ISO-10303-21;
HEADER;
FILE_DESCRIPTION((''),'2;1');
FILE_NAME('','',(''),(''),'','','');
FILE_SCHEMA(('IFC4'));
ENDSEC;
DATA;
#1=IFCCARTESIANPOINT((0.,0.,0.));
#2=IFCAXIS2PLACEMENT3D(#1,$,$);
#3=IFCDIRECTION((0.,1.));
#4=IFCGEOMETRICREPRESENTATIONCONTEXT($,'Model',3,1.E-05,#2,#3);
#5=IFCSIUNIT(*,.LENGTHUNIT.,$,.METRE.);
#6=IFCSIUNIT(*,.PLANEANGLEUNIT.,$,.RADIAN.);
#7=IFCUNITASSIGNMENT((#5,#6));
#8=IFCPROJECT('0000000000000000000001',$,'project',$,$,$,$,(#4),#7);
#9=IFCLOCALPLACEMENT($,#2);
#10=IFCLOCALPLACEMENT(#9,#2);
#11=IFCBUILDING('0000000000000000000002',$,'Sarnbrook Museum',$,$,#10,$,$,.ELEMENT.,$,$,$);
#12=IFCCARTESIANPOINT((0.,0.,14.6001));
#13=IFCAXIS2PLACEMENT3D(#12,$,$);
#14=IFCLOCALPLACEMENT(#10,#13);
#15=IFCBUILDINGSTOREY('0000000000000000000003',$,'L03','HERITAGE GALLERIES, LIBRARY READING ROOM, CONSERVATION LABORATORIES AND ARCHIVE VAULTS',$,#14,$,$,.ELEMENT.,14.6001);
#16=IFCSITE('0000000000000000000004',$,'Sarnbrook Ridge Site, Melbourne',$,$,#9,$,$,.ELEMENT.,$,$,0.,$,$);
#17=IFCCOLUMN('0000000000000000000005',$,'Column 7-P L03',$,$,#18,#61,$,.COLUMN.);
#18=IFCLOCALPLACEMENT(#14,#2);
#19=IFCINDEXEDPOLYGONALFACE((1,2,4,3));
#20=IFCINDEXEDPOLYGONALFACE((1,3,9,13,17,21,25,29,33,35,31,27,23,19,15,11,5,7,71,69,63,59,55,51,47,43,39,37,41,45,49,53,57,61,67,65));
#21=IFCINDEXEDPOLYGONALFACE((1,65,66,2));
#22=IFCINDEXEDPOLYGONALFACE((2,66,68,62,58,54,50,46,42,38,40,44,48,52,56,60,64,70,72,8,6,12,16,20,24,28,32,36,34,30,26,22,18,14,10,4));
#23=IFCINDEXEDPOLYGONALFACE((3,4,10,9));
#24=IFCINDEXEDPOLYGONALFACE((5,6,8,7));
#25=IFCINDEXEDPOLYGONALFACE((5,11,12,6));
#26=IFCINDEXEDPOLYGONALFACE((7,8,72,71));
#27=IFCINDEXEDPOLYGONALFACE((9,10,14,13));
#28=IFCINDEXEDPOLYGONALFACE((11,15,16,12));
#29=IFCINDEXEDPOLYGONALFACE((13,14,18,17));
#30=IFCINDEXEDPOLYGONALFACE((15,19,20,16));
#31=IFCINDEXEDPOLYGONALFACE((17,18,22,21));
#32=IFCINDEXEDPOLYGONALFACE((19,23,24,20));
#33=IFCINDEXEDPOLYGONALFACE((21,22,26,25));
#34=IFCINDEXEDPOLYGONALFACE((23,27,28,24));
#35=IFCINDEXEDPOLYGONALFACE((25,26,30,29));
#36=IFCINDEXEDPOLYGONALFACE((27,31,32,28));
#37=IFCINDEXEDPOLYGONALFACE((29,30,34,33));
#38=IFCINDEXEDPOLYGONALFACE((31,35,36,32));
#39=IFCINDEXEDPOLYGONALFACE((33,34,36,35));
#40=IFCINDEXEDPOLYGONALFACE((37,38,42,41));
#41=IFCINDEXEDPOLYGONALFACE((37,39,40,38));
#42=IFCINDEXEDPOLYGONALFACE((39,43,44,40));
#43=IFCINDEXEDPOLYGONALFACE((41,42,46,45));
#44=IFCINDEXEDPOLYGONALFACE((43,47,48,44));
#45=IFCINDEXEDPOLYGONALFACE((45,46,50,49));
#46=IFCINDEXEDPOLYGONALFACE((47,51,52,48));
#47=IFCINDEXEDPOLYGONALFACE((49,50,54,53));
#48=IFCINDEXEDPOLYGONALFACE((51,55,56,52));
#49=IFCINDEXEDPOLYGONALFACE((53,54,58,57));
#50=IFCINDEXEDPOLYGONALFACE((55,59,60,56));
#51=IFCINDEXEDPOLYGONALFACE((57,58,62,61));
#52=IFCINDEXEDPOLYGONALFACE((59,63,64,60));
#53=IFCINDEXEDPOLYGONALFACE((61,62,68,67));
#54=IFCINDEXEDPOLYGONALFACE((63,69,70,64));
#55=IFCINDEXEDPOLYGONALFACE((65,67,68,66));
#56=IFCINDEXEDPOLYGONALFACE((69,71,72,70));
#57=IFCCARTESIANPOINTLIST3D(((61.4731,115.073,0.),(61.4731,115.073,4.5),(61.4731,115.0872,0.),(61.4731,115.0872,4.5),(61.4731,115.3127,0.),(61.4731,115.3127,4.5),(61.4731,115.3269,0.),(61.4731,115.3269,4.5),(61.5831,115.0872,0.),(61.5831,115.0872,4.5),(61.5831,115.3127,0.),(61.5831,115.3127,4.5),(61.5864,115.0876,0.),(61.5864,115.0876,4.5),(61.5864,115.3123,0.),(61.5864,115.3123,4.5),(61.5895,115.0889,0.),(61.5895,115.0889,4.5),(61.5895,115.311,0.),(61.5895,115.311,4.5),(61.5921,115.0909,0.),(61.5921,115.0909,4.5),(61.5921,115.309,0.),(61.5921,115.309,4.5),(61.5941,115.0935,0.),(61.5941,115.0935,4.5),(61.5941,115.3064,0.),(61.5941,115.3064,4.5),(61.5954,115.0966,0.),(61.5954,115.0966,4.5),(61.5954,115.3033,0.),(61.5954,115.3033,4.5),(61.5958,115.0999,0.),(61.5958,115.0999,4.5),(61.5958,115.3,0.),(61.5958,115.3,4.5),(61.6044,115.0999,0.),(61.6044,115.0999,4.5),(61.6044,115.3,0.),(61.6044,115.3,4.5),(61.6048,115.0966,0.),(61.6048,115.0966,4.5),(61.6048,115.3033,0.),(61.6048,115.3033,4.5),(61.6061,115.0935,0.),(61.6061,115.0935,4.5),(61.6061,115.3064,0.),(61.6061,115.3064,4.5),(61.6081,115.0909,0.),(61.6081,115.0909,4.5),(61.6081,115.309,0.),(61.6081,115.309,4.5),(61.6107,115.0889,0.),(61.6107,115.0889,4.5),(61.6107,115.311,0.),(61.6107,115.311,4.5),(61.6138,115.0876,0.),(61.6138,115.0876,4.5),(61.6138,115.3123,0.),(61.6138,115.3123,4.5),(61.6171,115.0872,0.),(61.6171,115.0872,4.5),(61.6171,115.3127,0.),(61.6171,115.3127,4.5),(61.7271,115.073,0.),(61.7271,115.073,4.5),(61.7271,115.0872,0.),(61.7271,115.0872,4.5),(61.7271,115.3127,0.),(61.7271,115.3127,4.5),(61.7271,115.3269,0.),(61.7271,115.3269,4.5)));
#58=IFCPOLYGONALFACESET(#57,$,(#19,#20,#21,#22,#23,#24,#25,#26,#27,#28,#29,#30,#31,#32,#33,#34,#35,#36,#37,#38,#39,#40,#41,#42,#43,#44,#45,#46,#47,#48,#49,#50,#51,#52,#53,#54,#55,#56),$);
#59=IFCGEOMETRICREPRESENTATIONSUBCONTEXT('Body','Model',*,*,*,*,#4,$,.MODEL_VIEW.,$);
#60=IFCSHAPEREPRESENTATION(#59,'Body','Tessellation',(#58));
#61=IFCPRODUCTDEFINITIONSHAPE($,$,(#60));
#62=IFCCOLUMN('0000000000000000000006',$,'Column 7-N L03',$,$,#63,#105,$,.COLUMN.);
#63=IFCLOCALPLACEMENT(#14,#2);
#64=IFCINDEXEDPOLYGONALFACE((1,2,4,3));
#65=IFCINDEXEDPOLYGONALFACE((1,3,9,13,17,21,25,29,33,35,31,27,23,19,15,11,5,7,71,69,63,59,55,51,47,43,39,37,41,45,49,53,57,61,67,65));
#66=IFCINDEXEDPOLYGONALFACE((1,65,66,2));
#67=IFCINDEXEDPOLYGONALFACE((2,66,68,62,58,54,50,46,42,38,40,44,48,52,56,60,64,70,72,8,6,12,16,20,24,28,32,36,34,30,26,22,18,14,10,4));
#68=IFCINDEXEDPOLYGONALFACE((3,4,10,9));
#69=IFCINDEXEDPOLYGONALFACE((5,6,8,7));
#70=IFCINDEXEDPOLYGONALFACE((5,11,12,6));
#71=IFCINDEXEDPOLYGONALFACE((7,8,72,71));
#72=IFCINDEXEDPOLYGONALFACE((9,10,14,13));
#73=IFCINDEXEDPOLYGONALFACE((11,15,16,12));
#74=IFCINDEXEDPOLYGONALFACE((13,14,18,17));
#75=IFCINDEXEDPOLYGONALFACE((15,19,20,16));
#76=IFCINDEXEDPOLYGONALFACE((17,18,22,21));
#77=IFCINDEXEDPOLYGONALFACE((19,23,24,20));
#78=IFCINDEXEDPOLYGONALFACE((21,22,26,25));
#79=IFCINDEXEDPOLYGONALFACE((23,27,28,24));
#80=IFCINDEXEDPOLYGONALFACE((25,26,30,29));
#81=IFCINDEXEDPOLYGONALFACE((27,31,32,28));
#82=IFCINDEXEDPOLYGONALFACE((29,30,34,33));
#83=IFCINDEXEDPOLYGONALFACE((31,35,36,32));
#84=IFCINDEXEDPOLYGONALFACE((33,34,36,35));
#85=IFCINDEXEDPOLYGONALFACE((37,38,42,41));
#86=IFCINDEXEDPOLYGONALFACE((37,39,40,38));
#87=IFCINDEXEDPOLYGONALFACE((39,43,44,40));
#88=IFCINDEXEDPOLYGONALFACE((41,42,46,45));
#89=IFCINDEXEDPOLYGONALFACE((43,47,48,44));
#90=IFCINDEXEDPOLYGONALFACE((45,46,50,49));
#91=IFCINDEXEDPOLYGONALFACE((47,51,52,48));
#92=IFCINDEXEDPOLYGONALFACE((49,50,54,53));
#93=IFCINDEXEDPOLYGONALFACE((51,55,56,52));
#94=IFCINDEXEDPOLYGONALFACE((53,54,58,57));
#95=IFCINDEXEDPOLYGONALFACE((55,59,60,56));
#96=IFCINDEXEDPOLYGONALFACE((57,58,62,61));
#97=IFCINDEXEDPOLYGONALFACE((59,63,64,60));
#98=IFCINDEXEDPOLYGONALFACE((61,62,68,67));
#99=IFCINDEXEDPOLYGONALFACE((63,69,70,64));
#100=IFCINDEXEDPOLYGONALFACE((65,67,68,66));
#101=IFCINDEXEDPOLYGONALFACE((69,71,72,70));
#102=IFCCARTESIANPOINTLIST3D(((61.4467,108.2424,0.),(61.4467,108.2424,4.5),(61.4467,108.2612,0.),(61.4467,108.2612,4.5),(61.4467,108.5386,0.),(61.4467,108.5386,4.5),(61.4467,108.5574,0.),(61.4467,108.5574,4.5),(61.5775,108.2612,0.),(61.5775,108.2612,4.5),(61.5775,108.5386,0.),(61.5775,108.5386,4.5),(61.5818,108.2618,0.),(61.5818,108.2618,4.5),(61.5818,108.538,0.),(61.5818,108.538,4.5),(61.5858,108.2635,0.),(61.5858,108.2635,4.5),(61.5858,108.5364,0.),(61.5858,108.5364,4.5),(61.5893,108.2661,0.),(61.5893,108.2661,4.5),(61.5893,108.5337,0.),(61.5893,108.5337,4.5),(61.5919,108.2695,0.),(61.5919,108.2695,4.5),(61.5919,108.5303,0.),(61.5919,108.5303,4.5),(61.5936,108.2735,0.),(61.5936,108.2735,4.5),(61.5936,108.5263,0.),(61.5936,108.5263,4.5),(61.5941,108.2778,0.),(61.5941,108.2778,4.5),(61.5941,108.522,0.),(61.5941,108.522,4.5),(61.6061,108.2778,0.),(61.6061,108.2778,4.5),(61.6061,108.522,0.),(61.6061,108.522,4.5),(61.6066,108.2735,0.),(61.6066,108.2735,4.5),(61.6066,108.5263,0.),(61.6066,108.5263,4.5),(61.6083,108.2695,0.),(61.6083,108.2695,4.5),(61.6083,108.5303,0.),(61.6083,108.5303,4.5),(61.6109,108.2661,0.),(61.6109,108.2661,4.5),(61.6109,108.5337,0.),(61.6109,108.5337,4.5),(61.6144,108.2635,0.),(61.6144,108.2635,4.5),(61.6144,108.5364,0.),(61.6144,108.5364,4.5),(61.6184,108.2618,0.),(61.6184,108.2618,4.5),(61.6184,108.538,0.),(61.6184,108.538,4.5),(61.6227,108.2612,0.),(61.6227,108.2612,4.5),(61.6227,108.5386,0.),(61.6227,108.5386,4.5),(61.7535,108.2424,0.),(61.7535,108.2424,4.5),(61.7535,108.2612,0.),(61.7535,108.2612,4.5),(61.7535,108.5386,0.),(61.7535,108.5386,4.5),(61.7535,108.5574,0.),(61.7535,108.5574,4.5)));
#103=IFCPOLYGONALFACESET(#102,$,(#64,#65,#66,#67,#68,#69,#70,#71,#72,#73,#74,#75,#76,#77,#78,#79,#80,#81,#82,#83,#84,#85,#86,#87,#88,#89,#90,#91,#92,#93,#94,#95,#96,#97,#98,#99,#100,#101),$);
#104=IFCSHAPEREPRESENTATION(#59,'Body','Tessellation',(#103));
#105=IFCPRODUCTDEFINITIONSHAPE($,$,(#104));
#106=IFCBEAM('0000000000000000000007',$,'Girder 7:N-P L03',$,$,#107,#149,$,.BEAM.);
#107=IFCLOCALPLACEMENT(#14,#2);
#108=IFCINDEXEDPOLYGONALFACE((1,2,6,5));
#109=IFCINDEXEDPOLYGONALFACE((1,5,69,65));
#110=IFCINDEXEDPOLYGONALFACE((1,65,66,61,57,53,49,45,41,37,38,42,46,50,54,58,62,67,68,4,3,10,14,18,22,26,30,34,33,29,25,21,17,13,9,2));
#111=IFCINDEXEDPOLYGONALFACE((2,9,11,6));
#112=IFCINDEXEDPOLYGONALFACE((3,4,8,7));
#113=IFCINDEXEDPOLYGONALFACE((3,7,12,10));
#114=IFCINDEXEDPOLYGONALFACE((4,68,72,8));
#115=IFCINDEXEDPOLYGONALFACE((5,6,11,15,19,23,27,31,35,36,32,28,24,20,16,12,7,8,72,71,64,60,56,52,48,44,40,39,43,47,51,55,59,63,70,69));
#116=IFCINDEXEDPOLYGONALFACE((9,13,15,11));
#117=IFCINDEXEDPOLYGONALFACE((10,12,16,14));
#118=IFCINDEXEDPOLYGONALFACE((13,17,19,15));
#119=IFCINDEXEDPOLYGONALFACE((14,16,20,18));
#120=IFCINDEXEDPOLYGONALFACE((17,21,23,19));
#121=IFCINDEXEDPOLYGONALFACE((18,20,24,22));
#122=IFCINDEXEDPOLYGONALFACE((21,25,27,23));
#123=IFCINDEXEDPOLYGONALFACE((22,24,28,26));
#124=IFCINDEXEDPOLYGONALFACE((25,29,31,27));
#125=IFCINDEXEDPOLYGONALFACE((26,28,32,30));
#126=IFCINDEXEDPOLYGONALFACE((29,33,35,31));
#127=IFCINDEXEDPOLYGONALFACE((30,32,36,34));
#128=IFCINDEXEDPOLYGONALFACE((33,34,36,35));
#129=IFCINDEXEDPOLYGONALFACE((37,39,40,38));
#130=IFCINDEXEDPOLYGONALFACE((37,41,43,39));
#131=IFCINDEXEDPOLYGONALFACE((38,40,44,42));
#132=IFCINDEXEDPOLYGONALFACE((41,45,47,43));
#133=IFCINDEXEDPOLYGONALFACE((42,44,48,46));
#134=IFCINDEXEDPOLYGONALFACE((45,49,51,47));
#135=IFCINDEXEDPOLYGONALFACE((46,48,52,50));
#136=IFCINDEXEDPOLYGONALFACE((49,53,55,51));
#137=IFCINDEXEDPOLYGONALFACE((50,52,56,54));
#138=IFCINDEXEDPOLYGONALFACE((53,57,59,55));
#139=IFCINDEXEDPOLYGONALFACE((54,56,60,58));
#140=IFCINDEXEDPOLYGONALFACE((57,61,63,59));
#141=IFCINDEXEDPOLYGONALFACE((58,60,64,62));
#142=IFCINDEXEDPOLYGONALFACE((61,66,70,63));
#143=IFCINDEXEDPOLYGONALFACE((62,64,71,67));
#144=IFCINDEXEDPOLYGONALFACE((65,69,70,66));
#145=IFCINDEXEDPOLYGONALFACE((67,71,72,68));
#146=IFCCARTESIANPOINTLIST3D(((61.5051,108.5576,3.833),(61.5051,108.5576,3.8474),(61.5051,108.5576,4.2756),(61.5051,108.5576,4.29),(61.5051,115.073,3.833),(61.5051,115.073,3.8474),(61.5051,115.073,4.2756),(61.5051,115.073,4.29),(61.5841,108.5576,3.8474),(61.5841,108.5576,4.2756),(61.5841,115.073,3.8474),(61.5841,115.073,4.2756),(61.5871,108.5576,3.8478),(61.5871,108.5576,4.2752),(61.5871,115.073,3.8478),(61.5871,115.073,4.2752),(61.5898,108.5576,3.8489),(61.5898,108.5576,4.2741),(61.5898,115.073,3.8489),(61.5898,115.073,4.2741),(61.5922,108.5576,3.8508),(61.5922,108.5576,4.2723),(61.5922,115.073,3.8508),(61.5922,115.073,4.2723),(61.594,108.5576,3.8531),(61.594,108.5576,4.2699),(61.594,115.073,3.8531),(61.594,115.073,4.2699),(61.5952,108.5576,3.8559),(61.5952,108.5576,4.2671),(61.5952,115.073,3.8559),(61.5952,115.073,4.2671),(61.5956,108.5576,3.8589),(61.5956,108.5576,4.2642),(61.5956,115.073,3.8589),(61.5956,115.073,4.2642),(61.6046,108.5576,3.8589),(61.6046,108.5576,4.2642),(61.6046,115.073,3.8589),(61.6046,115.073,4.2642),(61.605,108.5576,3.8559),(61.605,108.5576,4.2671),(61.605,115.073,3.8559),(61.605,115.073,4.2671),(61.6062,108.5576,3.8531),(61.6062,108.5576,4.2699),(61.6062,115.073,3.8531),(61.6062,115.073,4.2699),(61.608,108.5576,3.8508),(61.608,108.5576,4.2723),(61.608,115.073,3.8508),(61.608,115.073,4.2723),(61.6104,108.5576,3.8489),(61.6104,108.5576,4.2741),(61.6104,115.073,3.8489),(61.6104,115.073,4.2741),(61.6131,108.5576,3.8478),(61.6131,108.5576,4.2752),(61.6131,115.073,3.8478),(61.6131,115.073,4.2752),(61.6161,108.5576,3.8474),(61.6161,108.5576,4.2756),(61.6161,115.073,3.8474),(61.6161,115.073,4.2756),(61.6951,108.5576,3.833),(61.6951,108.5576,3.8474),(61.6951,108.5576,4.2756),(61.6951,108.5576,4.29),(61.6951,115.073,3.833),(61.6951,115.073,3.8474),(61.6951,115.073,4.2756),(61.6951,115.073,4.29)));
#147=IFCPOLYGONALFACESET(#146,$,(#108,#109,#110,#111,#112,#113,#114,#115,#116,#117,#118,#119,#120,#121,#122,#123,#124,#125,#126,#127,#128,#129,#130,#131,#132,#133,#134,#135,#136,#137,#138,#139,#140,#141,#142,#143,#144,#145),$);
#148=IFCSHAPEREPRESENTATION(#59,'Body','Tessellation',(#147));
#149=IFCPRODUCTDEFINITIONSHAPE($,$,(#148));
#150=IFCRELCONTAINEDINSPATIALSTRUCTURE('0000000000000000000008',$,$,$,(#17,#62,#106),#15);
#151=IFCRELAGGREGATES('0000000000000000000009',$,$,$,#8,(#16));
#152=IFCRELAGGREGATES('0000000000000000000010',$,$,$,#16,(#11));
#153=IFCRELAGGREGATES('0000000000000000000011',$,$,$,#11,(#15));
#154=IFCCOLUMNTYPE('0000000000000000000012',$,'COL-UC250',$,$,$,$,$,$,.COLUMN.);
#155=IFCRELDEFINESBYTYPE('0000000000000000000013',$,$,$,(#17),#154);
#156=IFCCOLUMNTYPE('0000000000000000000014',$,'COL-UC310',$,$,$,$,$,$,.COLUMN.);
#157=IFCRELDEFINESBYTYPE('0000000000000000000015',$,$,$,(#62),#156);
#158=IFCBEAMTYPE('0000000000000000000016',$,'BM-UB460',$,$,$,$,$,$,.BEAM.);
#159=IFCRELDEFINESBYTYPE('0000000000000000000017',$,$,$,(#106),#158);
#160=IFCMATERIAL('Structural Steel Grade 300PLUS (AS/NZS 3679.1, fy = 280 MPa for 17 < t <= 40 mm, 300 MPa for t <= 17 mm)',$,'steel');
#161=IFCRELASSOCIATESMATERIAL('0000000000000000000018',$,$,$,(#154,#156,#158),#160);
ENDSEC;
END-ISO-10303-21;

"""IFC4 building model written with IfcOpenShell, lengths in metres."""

from ifc_helpers import new_model, si_unit, direction, frame, origin, origin_2d, place, context, subcontext, project, spatial, i_section, extrude, material, material_profile, profile_set, type_object, element, save


model = new_model("IFC4")

# Units and contexts
model_context = context("Model", 3, precision=1e-05, world=origin(), true_north=direction((0.0, 1.0)))
body_context = subcontext(model_context, "Body", "Model", "MODEL_VIEW")
ifc_project = project(units=[si_unit("LENGTHUNIT", "METRE"), si_unit("PLANEANGLEUNIT", "RADIAN")], contexts=[model_context])

# Site, building, storey
site_placement = place(None, origin())
site = spatial("IfcSite", under=ifc_project, at=site_placement, Name="Sarnbrook Ridge Site, Melbourne", CompositionType="ELEMENT", RefElevation=0.0)
building_placement = place(site_placement, origin())
building = spatial("IfcBuilding", under=site, at=building_placement, Name="Sarnbrook Museum", CompositionType="ELEMENT")
storey_placement = place(building_placement, frame((0.0, 0.0, 14.6001)))
storey = spatial("IfcBuildingStorey", under=building, at=storey_placement, Name="L03", Description="HERITAGE GALLERIES, LIBRARY READING ROOM, CONSERVATION LABORATORIES AND ARCHIVE VAULTS", CompositionType="ELEMENT", Elevation=14.6001)

# Columns
ifc_material_1 = material(Name="Structural Steel Grade 300PLUS (AS/NZS 3679.1, fy = 280 MPa for 17 < t <= 40 mm, 300 MPa for t <= 17 mm)", Category="steel")
ifc_material_profile_1 = material_profile(ifc_material_1, i_section(OverallWidth=0.2539, OverallDepth=0.2539, WebThickness=0.0085, FlangeThickness=0.0142, FilletRadius=0.0127, at=origin_2d()), Name="250UC72.9")
ifc_profile_set_1 = profile_set([ifc_material_profile_1], Name="Structural Steel Grade 300PLUS (AS/NZS 3679.1, fy = 280 MPa for 17 < t <= 40 mm, 300 MPa for t <= 17 mm)")
column_type_1 = type_object("IfcColumnType", Name="COL-UC250", PredefinedType="COLUMN", material=ifc_profile_set_1)
column_1_placement = place(storey_placement, frame((61.6001, 115.2, 0.0), z_axis=(0.0, 0.0, 1.0), x_axis=(1.0, 0.0, 0.0)))
element("IfcColumn", 1, at=column_1_placement, inside=storey, type_object=column_type_1, Name="Column 7-P L03", PredefinedType="COLUMN", context=body_context, shape_type="SweptSolid", body=[
    extrude(i_section(OverallWidth=0.2539, OverallDepth=0.2539, WebThickness=0.0085, FlangeThickness=0.0142, FilletRadius=0.0127, at=origin_2d()), origin(), (0.0, 0.0, 1.0), 4.5),
])
ifc_material_profile_2 = material_profile(ifc_material_1, i_section(OverallWidth=0.3069, OverallDepth=0.3149, WebThickness=0.012, FlangeThickness=0.0188, FilletRadius=0.0166, at=origin_2d()), Name="310UC118")
ifc_profile_set_2 = profile_set([ifc_material_profile_2], Name="Structural Steel Grade 300PLUS (AS/NZS 3679.1, fy = 280 MPa for 17 < t <= 40 mm, 300 MPa for t <= 17 mm)")
column_type_2 = type_object("IfcColumnType", Name="COL-UC310", PredefinedType="COLUMN", material=ifc_profile_set_2)
column_2_placement = place(storey_placement, frame((61.6001, 108.3999, 0.0), z_axis=(0.0, 0.0, 1.0), x_axis=(1.0, 0.0, 0.0)))
element("IfcColumn", 2, at=column_2_placement, inside=storey, type_object=column_type_2, Name="Column 7-N L03", PredefinedType="COLUMN", context=body_context, shape_type="SweptSolid", body=[
    extrude(i_section(OverallWidth=0.3069, OverallDepth=0.3149, WebThickness=0.012, FlangeThickness=0.0188, FilletRadius=0.0166, at=origin_2d()), origin(), (0.0, 0.0, 1.0), 4.5),
])

# Beam
ifc_material_profile_3 = material_profile(ifc_material_1, i_section(OverallWidth=0.1899, OverallDepth=0.457, WebThickness=0.009, FlangeThickness=0.0144, FilletRadius=0.0115, at=origin_2d()), Name="460UB74.6")
ifc_profile_set_3 = profile_set([ifc_material_profile_3], Name="Structural Steel Grade 300PLUS (AS/NZS 3679.1, fy = 280 MPa for 17 < t <= 40 mm, 300 MPa for t <= 17 mm)")
beam_type_1 = type_object("IfcBeamType", Name="BM-UB460", PredefinedType="BEAM", material=ifc_profile_set_3)
beam_1_placement = place(storey_placement, frame((61.6001, 108.5576, 4.0615), z_axis=(0.0, 1.0, 0.0), x_axis=(-1.0, 0.0, 0.0)))
element("IfcBeam", 3, at=beam_1_placement, inside=storey, type_object=beam_type_1, Name="Girder 7:N-P L03", PredefinedType="BEAM", context=body_context, shape_type="SweptSolid", body=[
    extrude(i_section(OverallWidth=0.1899, OverallDepth=0.457, WebThickness=0.009, FlangeThickness=0.0144, FilletRadius=0.0115, at=origin_2d()), origin(), (0.0, 0.0, 1.0), 6.5154),
])

save(model, "model.ifc")
